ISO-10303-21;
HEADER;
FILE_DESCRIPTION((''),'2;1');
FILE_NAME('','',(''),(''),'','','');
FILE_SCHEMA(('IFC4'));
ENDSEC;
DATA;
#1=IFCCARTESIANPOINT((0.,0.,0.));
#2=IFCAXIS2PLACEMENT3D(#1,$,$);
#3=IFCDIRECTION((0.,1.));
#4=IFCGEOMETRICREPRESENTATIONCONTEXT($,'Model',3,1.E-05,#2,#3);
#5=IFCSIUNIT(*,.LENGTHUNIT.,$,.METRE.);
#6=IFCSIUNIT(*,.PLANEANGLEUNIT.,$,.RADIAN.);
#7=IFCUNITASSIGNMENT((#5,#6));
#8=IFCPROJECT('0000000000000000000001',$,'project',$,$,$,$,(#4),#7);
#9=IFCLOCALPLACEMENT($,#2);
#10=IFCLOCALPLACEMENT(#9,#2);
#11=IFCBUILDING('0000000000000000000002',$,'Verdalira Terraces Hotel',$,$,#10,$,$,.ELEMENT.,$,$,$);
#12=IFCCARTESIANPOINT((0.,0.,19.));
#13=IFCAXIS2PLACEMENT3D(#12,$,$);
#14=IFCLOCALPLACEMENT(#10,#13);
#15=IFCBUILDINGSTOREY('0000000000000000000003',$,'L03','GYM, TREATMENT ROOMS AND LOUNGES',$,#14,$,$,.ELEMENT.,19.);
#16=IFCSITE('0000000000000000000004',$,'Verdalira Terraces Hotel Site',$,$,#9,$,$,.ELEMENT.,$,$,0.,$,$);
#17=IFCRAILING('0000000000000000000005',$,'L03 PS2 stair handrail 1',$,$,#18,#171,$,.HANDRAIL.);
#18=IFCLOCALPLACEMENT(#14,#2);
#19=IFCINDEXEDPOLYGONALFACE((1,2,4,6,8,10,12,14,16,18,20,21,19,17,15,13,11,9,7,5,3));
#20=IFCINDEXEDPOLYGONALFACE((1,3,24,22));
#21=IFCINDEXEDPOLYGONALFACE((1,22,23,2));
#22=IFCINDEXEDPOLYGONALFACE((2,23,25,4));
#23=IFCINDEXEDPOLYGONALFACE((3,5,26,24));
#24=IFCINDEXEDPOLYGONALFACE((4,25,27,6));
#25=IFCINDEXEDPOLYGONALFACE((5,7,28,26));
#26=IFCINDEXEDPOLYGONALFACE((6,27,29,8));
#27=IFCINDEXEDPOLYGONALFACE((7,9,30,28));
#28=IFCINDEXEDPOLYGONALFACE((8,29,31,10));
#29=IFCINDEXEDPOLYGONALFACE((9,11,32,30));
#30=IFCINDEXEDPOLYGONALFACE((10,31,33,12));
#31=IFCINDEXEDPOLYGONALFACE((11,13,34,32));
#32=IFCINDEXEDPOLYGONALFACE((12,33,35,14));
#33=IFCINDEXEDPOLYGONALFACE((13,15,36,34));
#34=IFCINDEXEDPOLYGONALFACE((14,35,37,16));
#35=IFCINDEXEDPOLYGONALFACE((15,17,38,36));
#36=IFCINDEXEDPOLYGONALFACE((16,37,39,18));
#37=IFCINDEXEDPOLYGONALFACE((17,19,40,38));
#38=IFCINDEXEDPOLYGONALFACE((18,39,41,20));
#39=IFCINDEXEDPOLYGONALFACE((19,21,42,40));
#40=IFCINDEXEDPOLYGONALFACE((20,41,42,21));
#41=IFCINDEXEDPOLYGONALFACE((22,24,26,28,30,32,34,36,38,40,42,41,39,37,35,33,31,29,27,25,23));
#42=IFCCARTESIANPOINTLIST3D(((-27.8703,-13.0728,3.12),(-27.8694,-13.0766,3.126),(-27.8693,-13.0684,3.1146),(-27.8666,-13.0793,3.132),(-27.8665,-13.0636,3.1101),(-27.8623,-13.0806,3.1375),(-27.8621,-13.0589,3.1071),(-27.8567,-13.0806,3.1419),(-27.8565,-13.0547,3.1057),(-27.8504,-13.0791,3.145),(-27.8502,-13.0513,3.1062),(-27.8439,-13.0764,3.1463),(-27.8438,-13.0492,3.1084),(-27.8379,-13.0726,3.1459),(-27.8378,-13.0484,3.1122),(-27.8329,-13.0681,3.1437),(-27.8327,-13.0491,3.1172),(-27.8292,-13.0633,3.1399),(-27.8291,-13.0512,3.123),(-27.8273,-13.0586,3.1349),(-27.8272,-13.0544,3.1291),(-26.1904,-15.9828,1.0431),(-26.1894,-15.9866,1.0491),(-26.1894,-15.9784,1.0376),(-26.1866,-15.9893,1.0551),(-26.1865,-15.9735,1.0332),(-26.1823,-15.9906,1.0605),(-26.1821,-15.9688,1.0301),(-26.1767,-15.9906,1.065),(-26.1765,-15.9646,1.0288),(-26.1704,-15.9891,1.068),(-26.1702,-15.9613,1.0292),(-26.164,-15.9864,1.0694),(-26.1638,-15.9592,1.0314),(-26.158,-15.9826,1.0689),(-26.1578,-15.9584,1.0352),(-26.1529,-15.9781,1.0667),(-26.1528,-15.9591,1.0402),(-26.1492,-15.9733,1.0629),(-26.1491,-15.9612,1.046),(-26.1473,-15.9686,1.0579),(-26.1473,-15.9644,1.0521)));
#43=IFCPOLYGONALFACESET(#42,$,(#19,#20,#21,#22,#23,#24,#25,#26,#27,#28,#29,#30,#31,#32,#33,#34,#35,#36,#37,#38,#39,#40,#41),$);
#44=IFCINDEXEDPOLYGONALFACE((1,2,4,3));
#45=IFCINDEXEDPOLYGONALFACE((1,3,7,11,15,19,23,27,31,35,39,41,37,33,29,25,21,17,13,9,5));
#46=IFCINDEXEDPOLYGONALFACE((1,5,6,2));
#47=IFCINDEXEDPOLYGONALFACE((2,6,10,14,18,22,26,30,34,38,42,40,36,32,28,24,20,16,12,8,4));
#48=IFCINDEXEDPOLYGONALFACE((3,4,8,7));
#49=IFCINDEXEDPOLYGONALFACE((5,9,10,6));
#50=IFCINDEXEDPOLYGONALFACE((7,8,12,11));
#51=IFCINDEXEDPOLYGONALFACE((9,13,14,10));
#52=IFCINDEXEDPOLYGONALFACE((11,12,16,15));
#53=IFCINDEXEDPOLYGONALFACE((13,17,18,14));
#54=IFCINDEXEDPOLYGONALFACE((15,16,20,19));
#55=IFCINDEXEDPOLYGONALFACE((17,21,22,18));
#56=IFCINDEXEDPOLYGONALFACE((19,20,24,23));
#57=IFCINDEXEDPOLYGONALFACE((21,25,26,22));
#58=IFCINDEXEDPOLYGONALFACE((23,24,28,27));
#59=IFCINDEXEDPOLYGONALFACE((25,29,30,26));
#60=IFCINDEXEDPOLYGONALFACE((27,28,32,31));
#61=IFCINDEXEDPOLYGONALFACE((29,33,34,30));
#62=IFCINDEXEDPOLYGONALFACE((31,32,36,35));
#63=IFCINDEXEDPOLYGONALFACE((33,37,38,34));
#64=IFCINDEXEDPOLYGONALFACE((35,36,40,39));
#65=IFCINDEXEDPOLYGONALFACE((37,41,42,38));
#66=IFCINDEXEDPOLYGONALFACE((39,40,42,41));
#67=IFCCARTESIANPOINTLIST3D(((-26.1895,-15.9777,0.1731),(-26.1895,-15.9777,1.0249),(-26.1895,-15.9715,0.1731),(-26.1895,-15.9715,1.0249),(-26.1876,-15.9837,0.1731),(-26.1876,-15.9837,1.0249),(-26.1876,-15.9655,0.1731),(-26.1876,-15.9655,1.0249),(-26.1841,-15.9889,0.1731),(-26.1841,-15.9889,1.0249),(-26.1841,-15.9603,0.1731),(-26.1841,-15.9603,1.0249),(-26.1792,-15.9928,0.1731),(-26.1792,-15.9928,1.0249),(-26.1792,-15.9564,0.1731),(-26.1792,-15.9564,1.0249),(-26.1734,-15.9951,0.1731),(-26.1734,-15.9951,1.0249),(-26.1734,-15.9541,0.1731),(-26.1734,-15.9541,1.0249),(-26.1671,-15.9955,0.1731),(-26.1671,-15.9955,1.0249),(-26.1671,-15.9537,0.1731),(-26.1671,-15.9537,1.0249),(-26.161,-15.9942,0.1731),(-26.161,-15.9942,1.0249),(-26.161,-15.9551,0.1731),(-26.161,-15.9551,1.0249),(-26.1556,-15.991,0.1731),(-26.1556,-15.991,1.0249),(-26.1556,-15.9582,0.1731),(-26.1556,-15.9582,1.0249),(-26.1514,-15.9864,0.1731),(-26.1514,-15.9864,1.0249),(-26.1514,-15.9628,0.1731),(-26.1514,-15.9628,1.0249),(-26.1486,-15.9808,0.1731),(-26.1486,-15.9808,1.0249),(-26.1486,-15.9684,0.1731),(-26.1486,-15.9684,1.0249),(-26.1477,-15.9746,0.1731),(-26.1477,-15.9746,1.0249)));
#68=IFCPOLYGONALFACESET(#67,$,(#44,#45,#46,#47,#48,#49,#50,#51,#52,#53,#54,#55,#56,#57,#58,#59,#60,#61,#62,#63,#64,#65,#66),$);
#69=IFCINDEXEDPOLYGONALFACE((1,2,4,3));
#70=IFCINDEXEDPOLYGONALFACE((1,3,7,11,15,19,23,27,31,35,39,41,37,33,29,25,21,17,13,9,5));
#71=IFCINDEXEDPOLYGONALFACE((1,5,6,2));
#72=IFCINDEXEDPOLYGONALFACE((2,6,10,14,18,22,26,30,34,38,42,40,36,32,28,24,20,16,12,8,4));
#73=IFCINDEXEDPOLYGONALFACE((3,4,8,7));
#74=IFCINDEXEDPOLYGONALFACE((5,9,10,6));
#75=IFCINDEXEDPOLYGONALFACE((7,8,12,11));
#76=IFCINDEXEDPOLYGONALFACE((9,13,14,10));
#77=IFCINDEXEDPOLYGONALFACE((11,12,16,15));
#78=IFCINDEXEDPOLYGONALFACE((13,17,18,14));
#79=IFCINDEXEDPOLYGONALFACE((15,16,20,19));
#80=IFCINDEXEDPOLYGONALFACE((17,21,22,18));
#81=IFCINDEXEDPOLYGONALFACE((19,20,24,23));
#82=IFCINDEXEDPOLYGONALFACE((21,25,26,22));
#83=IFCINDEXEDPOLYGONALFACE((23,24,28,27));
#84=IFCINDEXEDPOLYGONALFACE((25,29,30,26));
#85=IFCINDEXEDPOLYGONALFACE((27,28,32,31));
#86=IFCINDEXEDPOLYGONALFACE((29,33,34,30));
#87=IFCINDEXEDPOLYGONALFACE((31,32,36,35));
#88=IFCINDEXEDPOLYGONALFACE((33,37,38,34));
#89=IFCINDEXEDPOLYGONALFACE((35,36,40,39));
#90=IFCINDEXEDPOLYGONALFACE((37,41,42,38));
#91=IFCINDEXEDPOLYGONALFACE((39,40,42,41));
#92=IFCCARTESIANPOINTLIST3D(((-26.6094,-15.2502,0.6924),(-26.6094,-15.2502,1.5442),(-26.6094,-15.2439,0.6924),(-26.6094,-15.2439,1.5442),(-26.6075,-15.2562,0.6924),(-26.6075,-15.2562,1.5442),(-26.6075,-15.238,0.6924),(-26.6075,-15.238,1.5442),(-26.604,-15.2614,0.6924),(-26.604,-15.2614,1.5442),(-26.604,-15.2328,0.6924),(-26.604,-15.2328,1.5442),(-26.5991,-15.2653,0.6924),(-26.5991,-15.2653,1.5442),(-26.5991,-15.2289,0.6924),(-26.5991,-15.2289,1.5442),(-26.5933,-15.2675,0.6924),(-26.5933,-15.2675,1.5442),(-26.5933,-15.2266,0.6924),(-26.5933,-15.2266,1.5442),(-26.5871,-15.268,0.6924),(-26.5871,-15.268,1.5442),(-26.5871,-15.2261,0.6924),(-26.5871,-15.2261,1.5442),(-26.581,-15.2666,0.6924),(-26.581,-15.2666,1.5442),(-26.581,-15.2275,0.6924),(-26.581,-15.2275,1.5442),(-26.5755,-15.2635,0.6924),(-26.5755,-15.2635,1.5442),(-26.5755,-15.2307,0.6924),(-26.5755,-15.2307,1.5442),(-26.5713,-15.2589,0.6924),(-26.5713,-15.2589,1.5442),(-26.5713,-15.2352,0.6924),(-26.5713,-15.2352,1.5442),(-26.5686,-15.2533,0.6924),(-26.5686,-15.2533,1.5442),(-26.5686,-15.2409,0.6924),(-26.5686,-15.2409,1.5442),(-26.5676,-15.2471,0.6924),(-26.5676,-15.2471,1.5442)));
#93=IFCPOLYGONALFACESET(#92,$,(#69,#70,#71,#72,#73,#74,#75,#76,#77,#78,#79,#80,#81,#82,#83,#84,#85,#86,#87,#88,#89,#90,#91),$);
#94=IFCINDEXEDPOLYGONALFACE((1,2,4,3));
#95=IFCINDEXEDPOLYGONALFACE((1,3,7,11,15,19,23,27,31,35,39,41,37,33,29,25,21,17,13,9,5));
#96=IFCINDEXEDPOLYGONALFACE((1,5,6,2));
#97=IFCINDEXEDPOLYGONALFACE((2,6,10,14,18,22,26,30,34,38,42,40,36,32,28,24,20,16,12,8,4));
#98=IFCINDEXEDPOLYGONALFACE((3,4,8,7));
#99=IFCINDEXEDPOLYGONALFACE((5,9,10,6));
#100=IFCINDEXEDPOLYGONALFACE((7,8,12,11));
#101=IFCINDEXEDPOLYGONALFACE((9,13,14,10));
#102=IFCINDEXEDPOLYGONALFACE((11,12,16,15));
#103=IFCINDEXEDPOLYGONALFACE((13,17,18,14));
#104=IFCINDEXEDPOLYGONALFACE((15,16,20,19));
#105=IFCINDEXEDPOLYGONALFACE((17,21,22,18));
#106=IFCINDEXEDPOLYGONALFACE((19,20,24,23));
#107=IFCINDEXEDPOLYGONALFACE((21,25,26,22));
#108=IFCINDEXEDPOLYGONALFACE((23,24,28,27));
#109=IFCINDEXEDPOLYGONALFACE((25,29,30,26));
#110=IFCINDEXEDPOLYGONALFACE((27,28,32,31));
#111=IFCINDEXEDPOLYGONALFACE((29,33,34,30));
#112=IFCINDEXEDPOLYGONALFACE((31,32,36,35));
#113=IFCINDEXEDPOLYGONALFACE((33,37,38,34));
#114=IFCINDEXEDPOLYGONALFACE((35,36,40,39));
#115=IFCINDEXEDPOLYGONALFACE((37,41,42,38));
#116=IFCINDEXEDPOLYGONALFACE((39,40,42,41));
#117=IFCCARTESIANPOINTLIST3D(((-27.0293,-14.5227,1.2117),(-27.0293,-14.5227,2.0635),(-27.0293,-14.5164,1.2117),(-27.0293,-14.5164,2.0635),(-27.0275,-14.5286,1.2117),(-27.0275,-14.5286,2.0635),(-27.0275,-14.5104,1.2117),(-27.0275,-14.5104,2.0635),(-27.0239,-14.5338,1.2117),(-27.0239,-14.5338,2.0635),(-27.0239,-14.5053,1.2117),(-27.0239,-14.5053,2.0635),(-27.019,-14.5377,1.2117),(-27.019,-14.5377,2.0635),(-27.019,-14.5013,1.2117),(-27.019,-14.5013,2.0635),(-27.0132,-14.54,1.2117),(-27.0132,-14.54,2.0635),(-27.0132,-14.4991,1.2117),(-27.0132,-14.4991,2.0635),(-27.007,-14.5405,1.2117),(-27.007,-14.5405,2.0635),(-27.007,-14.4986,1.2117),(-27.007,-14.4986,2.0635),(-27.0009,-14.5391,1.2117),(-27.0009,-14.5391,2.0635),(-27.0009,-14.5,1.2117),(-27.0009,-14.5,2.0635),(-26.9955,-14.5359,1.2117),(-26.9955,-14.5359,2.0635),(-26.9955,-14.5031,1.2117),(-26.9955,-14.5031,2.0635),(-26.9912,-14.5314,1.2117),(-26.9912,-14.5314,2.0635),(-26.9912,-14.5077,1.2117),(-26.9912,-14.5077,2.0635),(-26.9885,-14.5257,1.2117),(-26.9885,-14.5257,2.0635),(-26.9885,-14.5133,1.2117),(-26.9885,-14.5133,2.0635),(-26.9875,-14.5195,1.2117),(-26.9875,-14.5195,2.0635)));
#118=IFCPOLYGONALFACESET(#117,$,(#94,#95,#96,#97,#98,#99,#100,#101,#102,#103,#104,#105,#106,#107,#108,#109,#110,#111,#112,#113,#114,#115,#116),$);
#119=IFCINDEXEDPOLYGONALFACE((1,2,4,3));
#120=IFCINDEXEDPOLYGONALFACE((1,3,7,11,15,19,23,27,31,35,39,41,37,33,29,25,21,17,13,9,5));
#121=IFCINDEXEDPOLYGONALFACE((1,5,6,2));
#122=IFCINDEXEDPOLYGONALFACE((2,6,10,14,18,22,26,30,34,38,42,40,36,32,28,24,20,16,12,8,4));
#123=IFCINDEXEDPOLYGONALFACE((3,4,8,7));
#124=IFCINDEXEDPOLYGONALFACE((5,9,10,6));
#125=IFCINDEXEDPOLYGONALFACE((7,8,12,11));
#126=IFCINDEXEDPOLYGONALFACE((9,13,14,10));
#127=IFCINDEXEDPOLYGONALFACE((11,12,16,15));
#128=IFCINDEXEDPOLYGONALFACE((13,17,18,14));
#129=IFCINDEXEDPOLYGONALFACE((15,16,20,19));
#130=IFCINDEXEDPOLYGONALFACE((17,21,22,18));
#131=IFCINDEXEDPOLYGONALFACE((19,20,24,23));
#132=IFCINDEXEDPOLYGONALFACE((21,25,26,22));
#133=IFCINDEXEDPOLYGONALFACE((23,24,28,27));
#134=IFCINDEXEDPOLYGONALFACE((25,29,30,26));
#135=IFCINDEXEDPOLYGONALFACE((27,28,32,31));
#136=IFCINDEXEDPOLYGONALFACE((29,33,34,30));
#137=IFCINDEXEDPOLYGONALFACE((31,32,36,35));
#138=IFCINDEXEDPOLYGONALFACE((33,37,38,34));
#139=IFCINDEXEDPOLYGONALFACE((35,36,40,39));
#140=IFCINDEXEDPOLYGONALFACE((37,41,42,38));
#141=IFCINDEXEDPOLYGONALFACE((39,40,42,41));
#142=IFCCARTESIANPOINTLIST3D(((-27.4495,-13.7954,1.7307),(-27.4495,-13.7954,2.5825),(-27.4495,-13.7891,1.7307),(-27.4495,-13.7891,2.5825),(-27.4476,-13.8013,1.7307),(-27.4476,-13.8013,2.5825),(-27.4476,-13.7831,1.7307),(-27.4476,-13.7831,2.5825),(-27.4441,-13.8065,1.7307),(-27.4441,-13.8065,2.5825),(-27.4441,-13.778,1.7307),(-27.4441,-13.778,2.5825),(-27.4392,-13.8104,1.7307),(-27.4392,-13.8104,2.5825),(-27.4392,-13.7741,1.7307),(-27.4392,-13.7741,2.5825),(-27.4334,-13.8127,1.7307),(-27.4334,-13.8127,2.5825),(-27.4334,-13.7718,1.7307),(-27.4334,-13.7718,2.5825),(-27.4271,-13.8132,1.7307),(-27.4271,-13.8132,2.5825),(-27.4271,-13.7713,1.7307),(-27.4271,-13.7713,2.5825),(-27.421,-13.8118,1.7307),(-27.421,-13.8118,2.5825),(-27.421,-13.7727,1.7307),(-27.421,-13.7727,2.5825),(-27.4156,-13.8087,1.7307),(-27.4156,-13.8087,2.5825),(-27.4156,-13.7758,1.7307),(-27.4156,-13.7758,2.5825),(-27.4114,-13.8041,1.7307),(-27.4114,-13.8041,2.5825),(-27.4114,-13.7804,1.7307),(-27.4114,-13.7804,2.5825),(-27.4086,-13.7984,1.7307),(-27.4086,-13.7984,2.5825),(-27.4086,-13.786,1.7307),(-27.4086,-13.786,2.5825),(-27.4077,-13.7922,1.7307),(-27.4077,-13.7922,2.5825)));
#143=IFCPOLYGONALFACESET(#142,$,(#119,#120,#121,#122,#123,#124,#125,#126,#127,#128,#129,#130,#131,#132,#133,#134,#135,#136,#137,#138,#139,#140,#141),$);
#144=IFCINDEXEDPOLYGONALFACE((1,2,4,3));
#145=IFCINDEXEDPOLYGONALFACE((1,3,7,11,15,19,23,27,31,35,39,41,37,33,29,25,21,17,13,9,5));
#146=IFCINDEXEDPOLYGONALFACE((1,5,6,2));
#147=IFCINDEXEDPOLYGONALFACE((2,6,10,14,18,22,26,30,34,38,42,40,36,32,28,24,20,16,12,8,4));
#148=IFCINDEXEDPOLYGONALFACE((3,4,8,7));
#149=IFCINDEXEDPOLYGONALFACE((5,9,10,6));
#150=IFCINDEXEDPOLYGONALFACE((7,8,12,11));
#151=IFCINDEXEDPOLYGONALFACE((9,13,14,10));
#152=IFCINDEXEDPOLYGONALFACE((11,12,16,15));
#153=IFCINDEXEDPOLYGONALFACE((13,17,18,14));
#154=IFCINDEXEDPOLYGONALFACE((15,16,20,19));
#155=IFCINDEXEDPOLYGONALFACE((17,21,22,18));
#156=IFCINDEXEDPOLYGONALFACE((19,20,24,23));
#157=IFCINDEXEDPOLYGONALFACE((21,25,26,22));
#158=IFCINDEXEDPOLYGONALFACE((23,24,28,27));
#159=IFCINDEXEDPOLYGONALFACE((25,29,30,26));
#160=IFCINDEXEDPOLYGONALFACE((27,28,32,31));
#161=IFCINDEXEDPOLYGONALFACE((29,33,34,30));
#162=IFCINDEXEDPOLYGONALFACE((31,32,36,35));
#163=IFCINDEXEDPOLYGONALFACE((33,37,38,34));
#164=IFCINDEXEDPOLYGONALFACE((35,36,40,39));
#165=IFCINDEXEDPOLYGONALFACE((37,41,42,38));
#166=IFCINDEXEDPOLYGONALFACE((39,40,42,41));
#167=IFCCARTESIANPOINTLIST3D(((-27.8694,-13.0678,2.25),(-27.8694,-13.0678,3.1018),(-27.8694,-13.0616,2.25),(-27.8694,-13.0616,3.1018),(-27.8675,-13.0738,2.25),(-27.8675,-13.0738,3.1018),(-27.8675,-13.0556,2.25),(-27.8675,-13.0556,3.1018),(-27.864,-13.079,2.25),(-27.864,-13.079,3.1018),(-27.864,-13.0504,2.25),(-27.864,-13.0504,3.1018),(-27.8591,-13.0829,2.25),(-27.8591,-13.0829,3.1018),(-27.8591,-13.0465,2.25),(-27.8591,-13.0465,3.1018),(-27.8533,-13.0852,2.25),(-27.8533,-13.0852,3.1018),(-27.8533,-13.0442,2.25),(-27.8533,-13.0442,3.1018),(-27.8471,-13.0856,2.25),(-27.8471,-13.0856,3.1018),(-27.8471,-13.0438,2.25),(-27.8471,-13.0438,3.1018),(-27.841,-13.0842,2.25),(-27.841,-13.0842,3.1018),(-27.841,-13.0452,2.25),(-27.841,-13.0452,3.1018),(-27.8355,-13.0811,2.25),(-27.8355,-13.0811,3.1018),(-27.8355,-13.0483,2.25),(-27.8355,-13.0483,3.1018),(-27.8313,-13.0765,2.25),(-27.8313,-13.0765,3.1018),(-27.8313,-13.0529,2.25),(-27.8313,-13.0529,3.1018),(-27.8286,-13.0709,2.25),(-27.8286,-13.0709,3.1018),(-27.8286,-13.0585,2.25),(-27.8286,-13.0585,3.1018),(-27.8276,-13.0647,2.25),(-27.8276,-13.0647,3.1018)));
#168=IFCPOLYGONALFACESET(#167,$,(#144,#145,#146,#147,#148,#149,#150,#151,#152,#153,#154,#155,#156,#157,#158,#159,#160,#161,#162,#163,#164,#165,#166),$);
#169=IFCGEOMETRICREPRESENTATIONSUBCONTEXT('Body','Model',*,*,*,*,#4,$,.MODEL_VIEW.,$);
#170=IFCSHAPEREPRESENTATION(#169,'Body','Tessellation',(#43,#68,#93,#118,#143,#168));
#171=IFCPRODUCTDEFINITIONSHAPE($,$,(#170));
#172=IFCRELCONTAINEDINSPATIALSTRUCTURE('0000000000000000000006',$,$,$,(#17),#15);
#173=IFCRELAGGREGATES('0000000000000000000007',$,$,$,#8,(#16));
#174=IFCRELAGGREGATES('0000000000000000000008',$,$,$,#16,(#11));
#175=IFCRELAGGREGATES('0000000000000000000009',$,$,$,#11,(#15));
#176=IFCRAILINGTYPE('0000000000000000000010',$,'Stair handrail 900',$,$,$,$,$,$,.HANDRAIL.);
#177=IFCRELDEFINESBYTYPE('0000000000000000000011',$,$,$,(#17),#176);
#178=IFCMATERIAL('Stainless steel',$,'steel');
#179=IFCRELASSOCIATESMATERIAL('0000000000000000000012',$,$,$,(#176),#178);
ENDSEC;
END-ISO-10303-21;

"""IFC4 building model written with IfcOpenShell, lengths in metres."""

from ifc_helpers import new_model, si_unit, direction, frame, origin, origin_2d, place, context, subcontext, project, spatial, circle, extrude, material, type_object, element, save


model = new_model("IFC4")

# Units and contexts
model_context = context("Model", 3, precision=1e-05, world=origin(), true_north=direction((0.0, 1.0)))
body_context = subcontext(model_context, "Body", "Model", "MODEL_VIEW")
ifc_project = project(units=[si_unit("LENGTHUNIT", "METRE"), si_unit("PLANEANGLEUNIT", "RADIAN")], contexts=[model_context])

# Site, building, storey
site_placement = place(None, origin())
site = spatial("IfcSite", under=ifc_project, at=site_placement, Name="Verdalira Terraces Hotel Site", CompositionType="ELEMENT", RefElevation=0.0)
building_placement = place(site_placement, origin())
building = spatial("IfcBuilding", under=site, at=building_placement, Name="Verdalira Terraces Hotel", CompositionType="ELEMENT")
storey_placement = place(building_placement, frame((0.0, 0.0, 19.0)))
storey = spatial("IfcBuildingStorey", under=building, at=storey_placement, Name="L03", Description="GYM, TREATMENT ROOMS AND LOUNGES", CompositionType="ELEMENT", Elevation=19.0)

# Railing
ifc_material_1 = material(Name="Stainless steel", Category="steel")
railing_type_1 = type_object("IfcRailingType", Name="Stair handrail 900", PredefinedType="HANDRAIL", material=ifc_material_1)
railing_1_placement = place(storey_placement, frame((-26.1687, -15.9746, 0.1731)))
element("IfcRailing", 1, at=railing_1_placement, inside=storey, type_object=railing_type_1, Name="L03 PS2 stair handrail 1", PredefinedType="HANDRAIL", context=body_context, shape_type="SweptSolid", body=[
    extrude(circle(Radius=0.0239, at=origin_2d()), frame((0.0, 0.0, 0.876), z_axis=(-0.425288, 0.736668, 0.525785), x_axis=(-0.866039, -0.499976, 0.0)), (0.0, 0.0, 1.0), 3.9502),
    extrude(circle(Radius=0.021, at=origin_2d()), origin(), (0.0, 0.0, 1.0), 0.8518),
    extrude(circle(Radius=0.021, at=origin_2d()), frame((-0.4199, 0.7275, 0.5193)), (0.0, 0.0, 1.0), 0.8518),
    extrude(circle(Radius=0.021, at=origin_2d()), frame((-0.8398, 1.4551, 1.0386)), (0.0, 0.0, 1.0), 0.8518),
    extrude(circle(Radius=0.021, at=origin_2d()), frame((-1.26, 2.1824, 1.5576)), (0.0, 0.0, 1.0), 0.8518),
    extrude(circle(Radius=0.021, at=origin_2d()), frame((-1.6799, 2.9099, 2.0769)), (0.0, 0.0, 1.0), 0.8518),
])

save(model, "model.ifc")
